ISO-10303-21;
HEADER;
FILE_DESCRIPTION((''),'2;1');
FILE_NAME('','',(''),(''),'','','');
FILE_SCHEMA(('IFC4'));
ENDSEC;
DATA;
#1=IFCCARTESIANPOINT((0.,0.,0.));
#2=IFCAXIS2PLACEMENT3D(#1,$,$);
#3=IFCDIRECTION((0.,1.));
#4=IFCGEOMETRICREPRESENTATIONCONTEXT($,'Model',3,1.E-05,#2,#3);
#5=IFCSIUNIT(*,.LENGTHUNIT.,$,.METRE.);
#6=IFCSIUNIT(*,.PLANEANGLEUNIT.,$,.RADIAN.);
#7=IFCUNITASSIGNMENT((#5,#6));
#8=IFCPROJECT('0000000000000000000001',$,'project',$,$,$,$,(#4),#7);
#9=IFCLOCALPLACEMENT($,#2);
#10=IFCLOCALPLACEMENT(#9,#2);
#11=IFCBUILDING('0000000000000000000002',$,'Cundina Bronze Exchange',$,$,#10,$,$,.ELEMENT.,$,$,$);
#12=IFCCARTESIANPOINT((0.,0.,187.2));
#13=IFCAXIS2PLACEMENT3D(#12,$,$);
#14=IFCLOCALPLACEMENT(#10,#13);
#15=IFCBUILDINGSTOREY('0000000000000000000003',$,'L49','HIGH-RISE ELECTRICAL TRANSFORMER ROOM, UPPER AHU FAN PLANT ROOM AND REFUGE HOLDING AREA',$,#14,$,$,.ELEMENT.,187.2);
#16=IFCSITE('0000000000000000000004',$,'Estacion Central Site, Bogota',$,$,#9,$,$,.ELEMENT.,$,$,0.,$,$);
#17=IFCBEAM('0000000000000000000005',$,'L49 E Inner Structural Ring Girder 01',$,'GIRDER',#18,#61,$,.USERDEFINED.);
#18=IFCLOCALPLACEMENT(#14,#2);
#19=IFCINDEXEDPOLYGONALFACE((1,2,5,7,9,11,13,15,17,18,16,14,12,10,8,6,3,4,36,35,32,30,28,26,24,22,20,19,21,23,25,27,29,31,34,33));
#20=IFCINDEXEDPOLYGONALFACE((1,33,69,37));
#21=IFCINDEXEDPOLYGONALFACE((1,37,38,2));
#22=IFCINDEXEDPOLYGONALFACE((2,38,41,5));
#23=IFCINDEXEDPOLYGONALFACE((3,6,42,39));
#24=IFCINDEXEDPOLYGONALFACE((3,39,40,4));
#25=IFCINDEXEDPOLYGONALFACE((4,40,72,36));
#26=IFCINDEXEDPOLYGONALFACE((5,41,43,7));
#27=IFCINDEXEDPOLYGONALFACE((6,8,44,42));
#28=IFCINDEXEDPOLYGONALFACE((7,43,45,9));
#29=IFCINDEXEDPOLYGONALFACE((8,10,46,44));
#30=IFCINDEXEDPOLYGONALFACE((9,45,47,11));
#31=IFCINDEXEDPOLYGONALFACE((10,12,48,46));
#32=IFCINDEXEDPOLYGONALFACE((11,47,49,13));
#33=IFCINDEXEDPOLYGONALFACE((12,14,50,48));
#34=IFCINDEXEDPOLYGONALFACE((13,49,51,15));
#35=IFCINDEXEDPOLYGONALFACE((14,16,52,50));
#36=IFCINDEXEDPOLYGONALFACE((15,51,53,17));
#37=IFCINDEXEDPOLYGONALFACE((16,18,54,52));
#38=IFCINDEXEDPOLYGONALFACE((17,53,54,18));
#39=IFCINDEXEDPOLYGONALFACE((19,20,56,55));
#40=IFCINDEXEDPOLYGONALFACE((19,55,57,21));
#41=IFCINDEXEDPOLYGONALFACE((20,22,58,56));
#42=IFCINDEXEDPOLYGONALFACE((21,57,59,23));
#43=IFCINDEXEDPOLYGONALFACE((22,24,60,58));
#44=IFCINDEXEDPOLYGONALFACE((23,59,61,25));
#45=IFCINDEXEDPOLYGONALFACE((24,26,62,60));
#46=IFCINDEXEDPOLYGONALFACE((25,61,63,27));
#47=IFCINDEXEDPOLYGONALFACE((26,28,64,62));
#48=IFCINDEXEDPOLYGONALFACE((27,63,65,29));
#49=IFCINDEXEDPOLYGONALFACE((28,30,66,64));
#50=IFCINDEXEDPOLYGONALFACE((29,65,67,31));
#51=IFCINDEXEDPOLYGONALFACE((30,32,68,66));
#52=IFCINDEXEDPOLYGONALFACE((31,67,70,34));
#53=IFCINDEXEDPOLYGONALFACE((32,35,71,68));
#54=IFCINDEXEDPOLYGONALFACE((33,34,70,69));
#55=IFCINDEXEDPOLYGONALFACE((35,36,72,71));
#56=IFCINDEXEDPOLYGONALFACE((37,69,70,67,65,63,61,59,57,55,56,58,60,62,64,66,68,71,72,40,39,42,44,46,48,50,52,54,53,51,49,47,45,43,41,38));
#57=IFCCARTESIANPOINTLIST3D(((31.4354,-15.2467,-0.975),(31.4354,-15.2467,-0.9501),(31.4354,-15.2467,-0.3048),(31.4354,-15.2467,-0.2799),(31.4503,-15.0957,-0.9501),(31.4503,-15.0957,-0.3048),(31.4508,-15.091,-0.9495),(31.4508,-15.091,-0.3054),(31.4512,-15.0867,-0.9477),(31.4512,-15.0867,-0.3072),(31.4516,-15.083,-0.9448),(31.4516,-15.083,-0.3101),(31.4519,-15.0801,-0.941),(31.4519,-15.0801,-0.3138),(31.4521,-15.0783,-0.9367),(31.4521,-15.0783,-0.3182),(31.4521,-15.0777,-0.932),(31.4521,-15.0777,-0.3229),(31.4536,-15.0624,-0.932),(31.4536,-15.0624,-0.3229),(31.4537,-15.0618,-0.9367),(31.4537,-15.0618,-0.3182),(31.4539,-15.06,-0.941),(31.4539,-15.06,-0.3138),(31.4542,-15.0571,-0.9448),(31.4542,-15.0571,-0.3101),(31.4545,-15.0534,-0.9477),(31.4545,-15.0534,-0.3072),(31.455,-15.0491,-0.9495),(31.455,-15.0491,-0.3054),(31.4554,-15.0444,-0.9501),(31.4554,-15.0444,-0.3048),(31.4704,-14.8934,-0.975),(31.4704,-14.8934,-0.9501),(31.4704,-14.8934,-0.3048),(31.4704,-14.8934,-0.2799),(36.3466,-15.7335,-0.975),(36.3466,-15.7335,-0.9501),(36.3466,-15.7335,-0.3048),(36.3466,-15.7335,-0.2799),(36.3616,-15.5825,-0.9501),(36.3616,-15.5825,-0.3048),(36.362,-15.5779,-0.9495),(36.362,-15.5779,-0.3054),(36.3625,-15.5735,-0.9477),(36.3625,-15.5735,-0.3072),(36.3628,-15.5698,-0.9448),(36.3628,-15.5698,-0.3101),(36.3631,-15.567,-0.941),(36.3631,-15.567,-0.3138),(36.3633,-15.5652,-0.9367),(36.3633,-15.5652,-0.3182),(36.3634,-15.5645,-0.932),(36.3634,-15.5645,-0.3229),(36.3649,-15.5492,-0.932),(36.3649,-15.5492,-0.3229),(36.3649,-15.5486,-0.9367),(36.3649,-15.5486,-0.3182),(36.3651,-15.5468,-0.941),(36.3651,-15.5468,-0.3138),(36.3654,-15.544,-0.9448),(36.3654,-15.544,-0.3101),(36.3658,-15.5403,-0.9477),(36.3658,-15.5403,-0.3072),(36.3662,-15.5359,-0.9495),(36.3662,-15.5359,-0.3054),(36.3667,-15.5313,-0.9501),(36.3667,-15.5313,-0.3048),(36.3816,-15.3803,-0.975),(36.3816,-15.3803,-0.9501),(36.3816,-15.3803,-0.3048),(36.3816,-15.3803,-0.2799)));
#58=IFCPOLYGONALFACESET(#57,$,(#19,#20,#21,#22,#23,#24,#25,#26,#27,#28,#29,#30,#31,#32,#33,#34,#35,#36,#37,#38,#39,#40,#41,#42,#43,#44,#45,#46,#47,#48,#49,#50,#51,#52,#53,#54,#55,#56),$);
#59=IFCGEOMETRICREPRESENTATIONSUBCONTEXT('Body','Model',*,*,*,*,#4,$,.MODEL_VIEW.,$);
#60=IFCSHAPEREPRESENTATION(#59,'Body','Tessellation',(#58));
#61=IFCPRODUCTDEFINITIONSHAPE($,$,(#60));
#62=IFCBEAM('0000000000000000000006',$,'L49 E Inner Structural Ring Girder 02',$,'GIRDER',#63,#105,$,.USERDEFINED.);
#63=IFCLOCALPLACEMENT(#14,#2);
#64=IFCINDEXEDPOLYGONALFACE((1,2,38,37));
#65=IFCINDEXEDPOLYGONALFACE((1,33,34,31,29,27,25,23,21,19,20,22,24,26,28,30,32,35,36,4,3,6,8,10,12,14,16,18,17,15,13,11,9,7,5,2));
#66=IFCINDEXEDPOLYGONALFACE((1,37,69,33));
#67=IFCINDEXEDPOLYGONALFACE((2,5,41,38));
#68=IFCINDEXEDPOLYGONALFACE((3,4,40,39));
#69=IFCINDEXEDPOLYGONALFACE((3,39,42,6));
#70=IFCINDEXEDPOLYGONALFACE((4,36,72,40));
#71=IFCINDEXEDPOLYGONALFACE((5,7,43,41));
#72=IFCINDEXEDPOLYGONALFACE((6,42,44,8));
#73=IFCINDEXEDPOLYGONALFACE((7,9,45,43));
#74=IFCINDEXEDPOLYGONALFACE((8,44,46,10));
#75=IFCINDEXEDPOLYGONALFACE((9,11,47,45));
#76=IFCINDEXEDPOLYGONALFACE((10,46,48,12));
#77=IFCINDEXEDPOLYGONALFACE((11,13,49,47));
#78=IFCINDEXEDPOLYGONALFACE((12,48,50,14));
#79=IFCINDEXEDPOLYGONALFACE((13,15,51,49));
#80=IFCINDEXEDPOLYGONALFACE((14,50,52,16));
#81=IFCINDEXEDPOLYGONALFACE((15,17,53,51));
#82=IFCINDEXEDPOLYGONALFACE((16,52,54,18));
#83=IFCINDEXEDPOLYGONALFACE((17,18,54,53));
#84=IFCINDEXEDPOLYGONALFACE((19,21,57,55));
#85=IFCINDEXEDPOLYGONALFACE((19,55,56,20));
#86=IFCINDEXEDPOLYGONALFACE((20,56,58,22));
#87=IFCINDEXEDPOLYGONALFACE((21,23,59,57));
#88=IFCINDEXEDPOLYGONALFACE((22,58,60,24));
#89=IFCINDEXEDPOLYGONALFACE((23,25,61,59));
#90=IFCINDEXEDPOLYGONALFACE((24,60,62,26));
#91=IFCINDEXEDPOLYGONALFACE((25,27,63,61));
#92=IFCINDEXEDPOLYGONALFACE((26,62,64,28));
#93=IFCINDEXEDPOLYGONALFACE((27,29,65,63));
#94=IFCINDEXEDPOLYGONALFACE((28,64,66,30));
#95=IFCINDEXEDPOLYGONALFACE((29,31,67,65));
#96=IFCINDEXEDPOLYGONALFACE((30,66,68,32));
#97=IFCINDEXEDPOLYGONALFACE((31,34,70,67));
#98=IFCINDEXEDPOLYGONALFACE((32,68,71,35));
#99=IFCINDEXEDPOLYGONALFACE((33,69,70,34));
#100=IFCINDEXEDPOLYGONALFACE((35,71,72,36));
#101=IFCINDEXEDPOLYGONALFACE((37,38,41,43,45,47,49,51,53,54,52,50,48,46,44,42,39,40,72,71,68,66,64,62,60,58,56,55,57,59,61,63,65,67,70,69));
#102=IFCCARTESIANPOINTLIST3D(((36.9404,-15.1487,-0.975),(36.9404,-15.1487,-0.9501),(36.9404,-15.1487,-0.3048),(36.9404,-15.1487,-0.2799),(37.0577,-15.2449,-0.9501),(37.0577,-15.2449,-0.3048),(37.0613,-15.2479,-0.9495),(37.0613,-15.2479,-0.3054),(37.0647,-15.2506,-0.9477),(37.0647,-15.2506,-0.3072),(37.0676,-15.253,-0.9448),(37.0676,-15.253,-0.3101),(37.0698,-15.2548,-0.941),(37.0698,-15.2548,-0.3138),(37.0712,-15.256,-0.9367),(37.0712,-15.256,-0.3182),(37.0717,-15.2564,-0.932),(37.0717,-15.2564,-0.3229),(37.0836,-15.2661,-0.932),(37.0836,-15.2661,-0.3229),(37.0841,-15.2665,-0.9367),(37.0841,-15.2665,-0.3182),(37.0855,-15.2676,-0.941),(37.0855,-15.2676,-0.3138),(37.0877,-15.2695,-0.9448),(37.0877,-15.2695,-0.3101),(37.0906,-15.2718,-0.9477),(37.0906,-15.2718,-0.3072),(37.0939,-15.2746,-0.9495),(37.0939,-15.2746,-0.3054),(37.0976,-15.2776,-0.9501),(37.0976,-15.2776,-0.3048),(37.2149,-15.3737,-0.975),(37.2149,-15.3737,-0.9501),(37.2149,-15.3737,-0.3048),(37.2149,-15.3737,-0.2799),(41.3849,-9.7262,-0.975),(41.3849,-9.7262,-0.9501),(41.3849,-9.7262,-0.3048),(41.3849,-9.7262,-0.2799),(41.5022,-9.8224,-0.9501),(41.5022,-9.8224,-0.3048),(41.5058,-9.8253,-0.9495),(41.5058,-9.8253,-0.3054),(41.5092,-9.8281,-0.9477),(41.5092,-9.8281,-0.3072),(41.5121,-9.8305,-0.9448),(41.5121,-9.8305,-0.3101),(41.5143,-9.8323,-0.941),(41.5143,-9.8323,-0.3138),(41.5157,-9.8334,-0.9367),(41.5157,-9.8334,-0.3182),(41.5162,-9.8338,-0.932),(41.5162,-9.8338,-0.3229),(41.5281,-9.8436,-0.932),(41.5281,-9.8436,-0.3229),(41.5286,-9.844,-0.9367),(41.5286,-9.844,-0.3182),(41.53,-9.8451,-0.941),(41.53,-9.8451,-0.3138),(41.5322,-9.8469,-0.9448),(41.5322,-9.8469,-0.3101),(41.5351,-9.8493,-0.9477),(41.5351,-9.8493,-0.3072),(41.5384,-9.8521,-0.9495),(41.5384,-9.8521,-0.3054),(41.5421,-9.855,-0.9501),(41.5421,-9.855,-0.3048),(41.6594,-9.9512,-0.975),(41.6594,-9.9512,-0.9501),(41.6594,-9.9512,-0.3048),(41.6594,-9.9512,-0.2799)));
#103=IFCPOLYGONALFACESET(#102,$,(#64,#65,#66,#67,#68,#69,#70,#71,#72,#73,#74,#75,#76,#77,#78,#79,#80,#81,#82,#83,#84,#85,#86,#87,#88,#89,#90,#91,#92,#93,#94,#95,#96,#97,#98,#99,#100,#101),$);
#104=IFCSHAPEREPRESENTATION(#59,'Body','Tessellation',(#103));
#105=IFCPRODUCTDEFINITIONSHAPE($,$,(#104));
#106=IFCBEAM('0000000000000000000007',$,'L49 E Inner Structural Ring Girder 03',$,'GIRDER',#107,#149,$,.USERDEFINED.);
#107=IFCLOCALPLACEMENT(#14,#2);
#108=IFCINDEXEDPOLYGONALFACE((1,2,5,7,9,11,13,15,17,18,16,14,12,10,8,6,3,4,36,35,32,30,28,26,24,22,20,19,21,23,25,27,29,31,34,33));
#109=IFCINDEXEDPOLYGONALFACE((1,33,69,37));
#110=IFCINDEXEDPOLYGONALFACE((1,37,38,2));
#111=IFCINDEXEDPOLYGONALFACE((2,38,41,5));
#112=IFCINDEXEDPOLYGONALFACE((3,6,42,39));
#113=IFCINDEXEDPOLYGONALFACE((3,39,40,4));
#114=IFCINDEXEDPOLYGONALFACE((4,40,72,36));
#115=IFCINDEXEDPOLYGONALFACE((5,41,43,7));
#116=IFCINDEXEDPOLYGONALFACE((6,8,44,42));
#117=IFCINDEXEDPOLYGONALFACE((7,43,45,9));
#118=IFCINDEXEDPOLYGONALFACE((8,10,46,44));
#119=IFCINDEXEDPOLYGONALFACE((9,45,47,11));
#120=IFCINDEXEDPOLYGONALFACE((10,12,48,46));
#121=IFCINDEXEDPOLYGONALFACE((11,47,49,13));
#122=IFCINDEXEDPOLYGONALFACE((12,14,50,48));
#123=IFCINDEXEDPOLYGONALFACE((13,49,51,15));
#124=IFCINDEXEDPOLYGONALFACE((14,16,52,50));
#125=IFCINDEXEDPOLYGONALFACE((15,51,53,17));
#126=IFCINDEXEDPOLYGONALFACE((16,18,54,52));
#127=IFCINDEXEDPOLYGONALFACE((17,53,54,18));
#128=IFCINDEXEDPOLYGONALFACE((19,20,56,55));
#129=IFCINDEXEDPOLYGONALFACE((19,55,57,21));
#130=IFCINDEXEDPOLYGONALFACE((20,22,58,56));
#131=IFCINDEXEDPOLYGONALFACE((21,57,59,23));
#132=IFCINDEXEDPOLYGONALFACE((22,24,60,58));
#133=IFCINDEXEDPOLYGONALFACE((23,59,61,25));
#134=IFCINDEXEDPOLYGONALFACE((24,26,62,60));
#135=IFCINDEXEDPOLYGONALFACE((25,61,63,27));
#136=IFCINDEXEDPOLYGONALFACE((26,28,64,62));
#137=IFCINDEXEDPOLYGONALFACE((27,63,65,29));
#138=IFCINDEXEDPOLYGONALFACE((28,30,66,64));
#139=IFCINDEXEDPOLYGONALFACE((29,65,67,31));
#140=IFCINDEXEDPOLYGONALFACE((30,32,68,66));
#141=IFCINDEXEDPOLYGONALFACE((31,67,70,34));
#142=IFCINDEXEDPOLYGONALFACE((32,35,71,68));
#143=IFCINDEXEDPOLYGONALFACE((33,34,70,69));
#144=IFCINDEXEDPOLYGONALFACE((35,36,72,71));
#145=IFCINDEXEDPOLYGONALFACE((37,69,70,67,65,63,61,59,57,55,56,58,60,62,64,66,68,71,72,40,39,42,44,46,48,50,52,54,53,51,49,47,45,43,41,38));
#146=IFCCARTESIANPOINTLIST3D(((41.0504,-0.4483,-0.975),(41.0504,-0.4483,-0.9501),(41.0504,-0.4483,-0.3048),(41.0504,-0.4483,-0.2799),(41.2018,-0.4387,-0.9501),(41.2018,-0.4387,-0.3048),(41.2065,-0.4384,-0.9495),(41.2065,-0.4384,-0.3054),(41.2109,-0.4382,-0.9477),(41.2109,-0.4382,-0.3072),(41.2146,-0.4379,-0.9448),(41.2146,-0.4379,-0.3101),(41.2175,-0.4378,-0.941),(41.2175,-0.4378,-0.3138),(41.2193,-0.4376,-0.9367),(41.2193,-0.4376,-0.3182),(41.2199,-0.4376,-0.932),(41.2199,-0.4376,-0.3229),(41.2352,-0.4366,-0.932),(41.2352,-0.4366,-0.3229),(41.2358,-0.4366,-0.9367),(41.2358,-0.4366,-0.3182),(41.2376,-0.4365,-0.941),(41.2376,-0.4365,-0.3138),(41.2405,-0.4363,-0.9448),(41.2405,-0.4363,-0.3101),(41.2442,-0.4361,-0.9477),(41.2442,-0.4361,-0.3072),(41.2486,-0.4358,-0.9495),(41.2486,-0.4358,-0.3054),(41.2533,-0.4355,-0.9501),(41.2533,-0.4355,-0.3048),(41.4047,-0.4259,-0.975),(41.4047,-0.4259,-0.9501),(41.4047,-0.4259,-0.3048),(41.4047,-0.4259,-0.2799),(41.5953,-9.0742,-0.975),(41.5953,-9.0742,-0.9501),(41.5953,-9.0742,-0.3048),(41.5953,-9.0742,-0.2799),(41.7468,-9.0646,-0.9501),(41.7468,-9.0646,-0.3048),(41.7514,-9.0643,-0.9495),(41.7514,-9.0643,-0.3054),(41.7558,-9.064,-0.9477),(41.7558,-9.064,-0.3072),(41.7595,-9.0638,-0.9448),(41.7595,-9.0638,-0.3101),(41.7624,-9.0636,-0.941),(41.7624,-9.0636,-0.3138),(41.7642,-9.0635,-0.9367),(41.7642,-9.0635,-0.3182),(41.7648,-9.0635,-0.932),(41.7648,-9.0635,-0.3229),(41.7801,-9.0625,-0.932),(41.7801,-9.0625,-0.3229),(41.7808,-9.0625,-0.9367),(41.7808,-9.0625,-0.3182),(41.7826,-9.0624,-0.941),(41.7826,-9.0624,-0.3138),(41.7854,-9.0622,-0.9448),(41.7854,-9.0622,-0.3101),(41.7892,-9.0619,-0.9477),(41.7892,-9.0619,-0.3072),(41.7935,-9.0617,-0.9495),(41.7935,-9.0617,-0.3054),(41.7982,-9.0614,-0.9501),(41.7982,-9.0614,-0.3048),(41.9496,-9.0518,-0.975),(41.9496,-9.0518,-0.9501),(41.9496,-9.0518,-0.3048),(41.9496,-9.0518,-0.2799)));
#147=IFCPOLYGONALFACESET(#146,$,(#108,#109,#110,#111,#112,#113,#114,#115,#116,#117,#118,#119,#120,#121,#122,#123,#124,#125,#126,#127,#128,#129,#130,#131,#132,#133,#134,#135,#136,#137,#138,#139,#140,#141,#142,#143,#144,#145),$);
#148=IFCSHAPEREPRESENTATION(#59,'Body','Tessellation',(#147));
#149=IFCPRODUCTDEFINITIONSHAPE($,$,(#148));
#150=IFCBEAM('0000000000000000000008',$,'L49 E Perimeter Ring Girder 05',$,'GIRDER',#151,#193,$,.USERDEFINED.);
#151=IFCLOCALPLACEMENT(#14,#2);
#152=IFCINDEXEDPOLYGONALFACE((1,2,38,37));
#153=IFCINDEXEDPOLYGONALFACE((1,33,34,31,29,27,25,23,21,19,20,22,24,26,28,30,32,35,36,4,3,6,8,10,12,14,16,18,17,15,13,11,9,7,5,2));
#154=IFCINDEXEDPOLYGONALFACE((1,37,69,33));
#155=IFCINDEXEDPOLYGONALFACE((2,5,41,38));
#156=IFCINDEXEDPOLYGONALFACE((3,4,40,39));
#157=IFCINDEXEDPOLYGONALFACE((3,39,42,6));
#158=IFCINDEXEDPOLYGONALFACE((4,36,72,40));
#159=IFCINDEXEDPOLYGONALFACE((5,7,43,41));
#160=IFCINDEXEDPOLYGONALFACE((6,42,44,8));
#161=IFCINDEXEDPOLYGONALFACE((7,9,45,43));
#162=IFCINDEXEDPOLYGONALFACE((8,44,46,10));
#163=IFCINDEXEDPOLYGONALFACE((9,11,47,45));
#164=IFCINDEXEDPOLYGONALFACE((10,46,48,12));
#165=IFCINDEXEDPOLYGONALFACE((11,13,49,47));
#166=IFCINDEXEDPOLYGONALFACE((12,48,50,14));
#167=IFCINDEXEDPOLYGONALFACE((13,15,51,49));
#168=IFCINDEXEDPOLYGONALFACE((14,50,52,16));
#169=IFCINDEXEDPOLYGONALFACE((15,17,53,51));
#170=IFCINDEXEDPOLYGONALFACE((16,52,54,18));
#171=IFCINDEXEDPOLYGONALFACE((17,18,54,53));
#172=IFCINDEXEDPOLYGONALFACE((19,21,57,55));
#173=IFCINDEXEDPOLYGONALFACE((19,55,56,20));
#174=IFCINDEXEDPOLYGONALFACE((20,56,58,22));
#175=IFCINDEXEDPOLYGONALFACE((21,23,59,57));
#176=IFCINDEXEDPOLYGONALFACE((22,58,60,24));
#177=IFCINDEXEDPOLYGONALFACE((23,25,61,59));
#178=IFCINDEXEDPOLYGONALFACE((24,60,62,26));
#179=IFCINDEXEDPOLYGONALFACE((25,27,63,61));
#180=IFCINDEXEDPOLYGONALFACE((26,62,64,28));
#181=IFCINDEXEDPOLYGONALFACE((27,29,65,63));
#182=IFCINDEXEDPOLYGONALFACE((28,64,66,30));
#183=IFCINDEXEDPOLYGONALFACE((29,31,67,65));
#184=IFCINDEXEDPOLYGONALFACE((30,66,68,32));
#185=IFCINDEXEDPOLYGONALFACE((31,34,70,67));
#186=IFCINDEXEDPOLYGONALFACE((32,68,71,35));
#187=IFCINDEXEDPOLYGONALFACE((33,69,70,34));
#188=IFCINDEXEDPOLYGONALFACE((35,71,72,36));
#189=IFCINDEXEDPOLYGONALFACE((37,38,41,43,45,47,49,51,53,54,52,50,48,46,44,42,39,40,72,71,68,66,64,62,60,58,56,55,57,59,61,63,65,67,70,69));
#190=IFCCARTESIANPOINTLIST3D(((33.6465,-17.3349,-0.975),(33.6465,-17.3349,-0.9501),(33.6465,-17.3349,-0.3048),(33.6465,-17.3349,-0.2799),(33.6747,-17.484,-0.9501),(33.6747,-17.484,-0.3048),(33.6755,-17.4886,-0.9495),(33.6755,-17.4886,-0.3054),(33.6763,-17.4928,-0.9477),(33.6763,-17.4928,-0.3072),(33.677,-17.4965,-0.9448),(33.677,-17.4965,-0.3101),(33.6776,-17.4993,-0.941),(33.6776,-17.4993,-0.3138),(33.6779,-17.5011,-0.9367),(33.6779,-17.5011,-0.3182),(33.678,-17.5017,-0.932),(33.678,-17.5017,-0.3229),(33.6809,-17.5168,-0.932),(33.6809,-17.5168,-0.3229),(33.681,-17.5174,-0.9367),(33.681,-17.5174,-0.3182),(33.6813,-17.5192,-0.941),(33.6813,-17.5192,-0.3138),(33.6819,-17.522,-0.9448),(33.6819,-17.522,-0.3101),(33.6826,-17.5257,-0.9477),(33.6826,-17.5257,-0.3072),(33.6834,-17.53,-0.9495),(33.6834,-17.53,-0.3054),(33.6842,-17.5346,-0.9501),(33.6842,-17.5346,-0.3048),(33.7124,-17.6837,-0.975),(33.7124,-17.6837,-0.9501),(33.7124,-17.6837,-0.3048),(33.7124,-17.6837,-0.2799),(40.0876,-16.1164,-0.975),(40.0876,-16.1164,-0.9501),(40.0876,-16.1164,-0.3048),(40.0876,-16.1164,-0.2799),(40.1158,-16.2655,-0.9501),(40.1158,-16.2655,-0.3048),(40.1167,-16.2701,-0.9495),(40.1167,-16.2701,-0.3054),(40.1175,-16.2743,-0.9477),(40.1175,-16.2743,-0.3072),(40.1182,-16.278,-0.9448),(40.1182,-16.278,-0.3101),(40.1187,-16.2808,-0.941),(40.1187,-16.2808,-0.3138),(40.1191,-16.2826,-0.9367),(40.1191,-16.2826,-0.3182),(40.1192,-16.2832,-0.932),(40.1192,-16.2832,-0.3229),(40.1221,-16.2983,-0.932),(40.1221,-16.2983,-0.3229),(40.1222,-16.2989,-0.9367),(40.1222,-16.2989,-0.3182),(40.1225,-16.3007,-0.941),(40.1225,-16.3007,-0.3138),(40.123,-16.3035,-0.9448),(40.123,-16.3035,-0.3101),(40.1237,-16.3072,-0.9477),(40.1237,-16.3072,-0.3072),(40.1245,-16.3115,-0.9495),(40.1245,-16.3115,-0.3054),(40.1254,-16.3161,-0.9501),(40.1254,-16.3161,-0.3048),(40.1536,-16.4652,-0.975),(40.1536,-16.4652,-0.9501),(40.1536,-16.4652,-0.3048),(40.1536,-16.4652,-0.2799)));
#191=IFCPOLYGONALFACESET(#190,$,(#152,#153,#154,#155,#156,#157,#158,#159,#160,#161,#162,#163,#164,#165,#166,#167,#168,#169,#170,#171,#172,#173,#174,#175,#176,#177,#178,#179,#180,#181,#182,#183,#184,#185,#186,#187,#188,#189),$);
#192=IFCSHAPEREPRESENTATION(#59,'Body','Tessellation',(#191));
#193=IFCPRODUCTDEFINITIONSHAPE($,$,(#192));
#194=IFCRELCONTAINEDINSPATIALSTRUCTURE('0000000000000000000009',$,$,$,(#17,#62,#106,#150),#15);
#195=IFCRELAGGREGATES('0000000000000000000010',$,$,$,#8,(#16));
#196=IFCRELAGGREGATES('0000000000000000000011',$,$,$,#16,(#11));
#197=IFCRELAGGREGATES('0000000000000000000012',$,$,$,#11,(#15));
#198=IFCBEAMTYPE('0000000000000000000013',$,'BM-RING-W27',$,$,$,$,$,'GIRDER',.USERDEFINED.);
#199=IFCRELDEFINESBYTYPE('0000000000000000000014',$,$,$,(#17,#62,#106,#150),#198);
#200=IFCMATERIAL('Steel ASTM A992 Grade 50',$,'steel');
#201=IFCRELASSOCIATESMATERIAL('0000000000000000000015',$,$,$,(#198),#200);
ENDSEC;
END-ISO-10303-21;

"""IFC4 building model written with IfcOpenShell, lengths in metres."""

from ifc_helpers import new_model, si_unit, direction, frame, origin, origin_2d, place, context, subcontext, project, spatial, i_section, extrude, material, material_profile, profile_set, type_object, element, save


model = new_model("IFC4")

# Units and contexts
model_context = context("Model", 3, precision=1e-05, world=origin(), true_north=direction((0.0, 1.0)))
body_context = subcontext(model_context, "Body", "Model", "MODEL_VIEW")
ifc_project = project(units=[si_unit("LENGTHUNIT", "METRE"), si_unit("PLANEANGLEUNIT", "RADIAN")], contexts=[model_context])

# Site, building, storey
site_placement = place(None, origin())
site = spatial("IfcSite", under=ifc_project, at=site_placement, Name="Estacion Central Site, Bogota", CompositionType="ELEMENT", RefElevation=0.0)
building_placement = place(site_placement, origin())
building = spatial("IfcBuilding", under=site, at=building_placement, Name="Cundina Bronze Exchange", CompositionType="ELEMENT")
storey_placement = place(building_placement, frame((0.0, 0.0, 187.2)))
storey = spatial("IfcBuildingStorey", under=building, at=storey_placement, Name="L49", Description="HIGH-RISE ELECTRICAL TRANSFORMER ROOM, UPPER AHU FAN PLANT ROOM AND REFUGE HOLDING AREA", CompositionType="ELEMENT", Elevation=187.2)

# Beams
ifc_material_1 = material(Name="Steel ASTM A992 Grade 50", Category="steel")
ifc_material_profile_1 = material_profile(ifc_material_1, i_section(OverallWidth=0.355, OverallDepth=0.6951, WebThickness=0.0154, FlangeThickness=0.0249, FilletRadius=0.0181, at=origin_2d()), Name="W27X146", Category="steel")
ifc_profile_set_1 = profile_set([ifc_material_profile_1], Name="Steel ASTM A992 Grade 50")
beam_type_1 = type_object("IfcBeamType", Name="BM-RING-W27", ElementType="GIRDER", PredefinedType="USERDEFINED", material=ifc_profile_set_1)
beam_1_placement = place(storey_placement, frame((31.4529, -15.0701, -0.6274), z_axis=(0.995123, -0.098642, 0.0), x_axis=(0.098642, 0.995123, 0.0)))
element("IfcBeam", 1, at=beam_1_placement, inside=storey, type_object=beam_type_1, Name="L49 E Inner Structural Ring Girder 01", ObjectType="GIRDER", PredefinedType="USERDEFINED", context=body_context, shape_type="SweptSolid", body=[
    extrude(i_section(OverallWidth=0.355, OverallDepth=0.6951, WebThickness=0.0154, FlangeThickness=0.0249, FilletRadius=0.0181, at=origin_2d()), origin(), (0.0, 0.0, 1.0), 4.9353),
])
beam_2_placement = place(storey_placement, frame((37.0776, -15.2612, -0.6274), z_axis=(0.633913, 0.773405, 0.0), x_axis=(-0.773405, 0.633913, 0.0)))
element("IfcBeam", 2, at=beam_2_placement, inside=storey, type_object=beam_type_1, Name="L49 E Inner Structural Ring Girder 02", ObjectType="GIRDER", PredefinedType="USERDEFINED", context=body_context, shape_type="SweptSolid", body=[
    extrude(i_section(OverallWidth=0.355, OverallDepth=0.6951, WebThickness=0.0154, FlangeThickness=0.0249, FilletRadius=0.0181, at=origin_2d()), origin(), (0.0, 0.0, 1.0), 7.0112),
])
beam_3_placement = place(storey_placement, frame((41.7725, -9.063, -0.6274), z_axis=(-0.063047, 0.998011, 0.0), x_axis=(-0.998011, -0.063047, 0.0)))
element("IfcBeam", 3, at=beam_3_placement, inside=storey, type_object=beam_type_1, Name="L49 E Inner Structural Ring Girder 03", ObjectType="GIRDER", PredefinedType="USERDEFINED", context=body_context, shape_type="SweptSolid", body=[
    extrude(i_section(OverallWidth=0.355, OverallDepth=0.6951, WebThickness=0.0154, FlangeThickness=0.0249, FilletRadius=0.0181, at=origin_2d()), origin(), (0.0, 0.0, 1.0), 8.6431),
])
beam_4_placement = place(storey_placement, frame((33.6794, -17.5093, -0.6274), z_axis=(0.982573, 0.185878, 0.0), x_axis=(-0.185878, 0.982573, 0.0)))
element("IfcBeam", 4, at=beam_4_placement, inside=storey, type_object=beam_type_1, Name="L49 E Perimeter Ring Girder 05", ObjectType="GIRDER", PredefinedType="USERDEFINED", context=body_context, shape_type="SweptSolid", body=[
    extrude(i_section(OverallWidth=0.355, OverallDepth=0.6951, WebThickness=0.0154, FlangeThickness=0.0249, FilletRadius=0.0181, at=origin_2d()), origin(), (0.0, 0.0, 1.0), 6.5554),
])

save(model, "model.ifc")
